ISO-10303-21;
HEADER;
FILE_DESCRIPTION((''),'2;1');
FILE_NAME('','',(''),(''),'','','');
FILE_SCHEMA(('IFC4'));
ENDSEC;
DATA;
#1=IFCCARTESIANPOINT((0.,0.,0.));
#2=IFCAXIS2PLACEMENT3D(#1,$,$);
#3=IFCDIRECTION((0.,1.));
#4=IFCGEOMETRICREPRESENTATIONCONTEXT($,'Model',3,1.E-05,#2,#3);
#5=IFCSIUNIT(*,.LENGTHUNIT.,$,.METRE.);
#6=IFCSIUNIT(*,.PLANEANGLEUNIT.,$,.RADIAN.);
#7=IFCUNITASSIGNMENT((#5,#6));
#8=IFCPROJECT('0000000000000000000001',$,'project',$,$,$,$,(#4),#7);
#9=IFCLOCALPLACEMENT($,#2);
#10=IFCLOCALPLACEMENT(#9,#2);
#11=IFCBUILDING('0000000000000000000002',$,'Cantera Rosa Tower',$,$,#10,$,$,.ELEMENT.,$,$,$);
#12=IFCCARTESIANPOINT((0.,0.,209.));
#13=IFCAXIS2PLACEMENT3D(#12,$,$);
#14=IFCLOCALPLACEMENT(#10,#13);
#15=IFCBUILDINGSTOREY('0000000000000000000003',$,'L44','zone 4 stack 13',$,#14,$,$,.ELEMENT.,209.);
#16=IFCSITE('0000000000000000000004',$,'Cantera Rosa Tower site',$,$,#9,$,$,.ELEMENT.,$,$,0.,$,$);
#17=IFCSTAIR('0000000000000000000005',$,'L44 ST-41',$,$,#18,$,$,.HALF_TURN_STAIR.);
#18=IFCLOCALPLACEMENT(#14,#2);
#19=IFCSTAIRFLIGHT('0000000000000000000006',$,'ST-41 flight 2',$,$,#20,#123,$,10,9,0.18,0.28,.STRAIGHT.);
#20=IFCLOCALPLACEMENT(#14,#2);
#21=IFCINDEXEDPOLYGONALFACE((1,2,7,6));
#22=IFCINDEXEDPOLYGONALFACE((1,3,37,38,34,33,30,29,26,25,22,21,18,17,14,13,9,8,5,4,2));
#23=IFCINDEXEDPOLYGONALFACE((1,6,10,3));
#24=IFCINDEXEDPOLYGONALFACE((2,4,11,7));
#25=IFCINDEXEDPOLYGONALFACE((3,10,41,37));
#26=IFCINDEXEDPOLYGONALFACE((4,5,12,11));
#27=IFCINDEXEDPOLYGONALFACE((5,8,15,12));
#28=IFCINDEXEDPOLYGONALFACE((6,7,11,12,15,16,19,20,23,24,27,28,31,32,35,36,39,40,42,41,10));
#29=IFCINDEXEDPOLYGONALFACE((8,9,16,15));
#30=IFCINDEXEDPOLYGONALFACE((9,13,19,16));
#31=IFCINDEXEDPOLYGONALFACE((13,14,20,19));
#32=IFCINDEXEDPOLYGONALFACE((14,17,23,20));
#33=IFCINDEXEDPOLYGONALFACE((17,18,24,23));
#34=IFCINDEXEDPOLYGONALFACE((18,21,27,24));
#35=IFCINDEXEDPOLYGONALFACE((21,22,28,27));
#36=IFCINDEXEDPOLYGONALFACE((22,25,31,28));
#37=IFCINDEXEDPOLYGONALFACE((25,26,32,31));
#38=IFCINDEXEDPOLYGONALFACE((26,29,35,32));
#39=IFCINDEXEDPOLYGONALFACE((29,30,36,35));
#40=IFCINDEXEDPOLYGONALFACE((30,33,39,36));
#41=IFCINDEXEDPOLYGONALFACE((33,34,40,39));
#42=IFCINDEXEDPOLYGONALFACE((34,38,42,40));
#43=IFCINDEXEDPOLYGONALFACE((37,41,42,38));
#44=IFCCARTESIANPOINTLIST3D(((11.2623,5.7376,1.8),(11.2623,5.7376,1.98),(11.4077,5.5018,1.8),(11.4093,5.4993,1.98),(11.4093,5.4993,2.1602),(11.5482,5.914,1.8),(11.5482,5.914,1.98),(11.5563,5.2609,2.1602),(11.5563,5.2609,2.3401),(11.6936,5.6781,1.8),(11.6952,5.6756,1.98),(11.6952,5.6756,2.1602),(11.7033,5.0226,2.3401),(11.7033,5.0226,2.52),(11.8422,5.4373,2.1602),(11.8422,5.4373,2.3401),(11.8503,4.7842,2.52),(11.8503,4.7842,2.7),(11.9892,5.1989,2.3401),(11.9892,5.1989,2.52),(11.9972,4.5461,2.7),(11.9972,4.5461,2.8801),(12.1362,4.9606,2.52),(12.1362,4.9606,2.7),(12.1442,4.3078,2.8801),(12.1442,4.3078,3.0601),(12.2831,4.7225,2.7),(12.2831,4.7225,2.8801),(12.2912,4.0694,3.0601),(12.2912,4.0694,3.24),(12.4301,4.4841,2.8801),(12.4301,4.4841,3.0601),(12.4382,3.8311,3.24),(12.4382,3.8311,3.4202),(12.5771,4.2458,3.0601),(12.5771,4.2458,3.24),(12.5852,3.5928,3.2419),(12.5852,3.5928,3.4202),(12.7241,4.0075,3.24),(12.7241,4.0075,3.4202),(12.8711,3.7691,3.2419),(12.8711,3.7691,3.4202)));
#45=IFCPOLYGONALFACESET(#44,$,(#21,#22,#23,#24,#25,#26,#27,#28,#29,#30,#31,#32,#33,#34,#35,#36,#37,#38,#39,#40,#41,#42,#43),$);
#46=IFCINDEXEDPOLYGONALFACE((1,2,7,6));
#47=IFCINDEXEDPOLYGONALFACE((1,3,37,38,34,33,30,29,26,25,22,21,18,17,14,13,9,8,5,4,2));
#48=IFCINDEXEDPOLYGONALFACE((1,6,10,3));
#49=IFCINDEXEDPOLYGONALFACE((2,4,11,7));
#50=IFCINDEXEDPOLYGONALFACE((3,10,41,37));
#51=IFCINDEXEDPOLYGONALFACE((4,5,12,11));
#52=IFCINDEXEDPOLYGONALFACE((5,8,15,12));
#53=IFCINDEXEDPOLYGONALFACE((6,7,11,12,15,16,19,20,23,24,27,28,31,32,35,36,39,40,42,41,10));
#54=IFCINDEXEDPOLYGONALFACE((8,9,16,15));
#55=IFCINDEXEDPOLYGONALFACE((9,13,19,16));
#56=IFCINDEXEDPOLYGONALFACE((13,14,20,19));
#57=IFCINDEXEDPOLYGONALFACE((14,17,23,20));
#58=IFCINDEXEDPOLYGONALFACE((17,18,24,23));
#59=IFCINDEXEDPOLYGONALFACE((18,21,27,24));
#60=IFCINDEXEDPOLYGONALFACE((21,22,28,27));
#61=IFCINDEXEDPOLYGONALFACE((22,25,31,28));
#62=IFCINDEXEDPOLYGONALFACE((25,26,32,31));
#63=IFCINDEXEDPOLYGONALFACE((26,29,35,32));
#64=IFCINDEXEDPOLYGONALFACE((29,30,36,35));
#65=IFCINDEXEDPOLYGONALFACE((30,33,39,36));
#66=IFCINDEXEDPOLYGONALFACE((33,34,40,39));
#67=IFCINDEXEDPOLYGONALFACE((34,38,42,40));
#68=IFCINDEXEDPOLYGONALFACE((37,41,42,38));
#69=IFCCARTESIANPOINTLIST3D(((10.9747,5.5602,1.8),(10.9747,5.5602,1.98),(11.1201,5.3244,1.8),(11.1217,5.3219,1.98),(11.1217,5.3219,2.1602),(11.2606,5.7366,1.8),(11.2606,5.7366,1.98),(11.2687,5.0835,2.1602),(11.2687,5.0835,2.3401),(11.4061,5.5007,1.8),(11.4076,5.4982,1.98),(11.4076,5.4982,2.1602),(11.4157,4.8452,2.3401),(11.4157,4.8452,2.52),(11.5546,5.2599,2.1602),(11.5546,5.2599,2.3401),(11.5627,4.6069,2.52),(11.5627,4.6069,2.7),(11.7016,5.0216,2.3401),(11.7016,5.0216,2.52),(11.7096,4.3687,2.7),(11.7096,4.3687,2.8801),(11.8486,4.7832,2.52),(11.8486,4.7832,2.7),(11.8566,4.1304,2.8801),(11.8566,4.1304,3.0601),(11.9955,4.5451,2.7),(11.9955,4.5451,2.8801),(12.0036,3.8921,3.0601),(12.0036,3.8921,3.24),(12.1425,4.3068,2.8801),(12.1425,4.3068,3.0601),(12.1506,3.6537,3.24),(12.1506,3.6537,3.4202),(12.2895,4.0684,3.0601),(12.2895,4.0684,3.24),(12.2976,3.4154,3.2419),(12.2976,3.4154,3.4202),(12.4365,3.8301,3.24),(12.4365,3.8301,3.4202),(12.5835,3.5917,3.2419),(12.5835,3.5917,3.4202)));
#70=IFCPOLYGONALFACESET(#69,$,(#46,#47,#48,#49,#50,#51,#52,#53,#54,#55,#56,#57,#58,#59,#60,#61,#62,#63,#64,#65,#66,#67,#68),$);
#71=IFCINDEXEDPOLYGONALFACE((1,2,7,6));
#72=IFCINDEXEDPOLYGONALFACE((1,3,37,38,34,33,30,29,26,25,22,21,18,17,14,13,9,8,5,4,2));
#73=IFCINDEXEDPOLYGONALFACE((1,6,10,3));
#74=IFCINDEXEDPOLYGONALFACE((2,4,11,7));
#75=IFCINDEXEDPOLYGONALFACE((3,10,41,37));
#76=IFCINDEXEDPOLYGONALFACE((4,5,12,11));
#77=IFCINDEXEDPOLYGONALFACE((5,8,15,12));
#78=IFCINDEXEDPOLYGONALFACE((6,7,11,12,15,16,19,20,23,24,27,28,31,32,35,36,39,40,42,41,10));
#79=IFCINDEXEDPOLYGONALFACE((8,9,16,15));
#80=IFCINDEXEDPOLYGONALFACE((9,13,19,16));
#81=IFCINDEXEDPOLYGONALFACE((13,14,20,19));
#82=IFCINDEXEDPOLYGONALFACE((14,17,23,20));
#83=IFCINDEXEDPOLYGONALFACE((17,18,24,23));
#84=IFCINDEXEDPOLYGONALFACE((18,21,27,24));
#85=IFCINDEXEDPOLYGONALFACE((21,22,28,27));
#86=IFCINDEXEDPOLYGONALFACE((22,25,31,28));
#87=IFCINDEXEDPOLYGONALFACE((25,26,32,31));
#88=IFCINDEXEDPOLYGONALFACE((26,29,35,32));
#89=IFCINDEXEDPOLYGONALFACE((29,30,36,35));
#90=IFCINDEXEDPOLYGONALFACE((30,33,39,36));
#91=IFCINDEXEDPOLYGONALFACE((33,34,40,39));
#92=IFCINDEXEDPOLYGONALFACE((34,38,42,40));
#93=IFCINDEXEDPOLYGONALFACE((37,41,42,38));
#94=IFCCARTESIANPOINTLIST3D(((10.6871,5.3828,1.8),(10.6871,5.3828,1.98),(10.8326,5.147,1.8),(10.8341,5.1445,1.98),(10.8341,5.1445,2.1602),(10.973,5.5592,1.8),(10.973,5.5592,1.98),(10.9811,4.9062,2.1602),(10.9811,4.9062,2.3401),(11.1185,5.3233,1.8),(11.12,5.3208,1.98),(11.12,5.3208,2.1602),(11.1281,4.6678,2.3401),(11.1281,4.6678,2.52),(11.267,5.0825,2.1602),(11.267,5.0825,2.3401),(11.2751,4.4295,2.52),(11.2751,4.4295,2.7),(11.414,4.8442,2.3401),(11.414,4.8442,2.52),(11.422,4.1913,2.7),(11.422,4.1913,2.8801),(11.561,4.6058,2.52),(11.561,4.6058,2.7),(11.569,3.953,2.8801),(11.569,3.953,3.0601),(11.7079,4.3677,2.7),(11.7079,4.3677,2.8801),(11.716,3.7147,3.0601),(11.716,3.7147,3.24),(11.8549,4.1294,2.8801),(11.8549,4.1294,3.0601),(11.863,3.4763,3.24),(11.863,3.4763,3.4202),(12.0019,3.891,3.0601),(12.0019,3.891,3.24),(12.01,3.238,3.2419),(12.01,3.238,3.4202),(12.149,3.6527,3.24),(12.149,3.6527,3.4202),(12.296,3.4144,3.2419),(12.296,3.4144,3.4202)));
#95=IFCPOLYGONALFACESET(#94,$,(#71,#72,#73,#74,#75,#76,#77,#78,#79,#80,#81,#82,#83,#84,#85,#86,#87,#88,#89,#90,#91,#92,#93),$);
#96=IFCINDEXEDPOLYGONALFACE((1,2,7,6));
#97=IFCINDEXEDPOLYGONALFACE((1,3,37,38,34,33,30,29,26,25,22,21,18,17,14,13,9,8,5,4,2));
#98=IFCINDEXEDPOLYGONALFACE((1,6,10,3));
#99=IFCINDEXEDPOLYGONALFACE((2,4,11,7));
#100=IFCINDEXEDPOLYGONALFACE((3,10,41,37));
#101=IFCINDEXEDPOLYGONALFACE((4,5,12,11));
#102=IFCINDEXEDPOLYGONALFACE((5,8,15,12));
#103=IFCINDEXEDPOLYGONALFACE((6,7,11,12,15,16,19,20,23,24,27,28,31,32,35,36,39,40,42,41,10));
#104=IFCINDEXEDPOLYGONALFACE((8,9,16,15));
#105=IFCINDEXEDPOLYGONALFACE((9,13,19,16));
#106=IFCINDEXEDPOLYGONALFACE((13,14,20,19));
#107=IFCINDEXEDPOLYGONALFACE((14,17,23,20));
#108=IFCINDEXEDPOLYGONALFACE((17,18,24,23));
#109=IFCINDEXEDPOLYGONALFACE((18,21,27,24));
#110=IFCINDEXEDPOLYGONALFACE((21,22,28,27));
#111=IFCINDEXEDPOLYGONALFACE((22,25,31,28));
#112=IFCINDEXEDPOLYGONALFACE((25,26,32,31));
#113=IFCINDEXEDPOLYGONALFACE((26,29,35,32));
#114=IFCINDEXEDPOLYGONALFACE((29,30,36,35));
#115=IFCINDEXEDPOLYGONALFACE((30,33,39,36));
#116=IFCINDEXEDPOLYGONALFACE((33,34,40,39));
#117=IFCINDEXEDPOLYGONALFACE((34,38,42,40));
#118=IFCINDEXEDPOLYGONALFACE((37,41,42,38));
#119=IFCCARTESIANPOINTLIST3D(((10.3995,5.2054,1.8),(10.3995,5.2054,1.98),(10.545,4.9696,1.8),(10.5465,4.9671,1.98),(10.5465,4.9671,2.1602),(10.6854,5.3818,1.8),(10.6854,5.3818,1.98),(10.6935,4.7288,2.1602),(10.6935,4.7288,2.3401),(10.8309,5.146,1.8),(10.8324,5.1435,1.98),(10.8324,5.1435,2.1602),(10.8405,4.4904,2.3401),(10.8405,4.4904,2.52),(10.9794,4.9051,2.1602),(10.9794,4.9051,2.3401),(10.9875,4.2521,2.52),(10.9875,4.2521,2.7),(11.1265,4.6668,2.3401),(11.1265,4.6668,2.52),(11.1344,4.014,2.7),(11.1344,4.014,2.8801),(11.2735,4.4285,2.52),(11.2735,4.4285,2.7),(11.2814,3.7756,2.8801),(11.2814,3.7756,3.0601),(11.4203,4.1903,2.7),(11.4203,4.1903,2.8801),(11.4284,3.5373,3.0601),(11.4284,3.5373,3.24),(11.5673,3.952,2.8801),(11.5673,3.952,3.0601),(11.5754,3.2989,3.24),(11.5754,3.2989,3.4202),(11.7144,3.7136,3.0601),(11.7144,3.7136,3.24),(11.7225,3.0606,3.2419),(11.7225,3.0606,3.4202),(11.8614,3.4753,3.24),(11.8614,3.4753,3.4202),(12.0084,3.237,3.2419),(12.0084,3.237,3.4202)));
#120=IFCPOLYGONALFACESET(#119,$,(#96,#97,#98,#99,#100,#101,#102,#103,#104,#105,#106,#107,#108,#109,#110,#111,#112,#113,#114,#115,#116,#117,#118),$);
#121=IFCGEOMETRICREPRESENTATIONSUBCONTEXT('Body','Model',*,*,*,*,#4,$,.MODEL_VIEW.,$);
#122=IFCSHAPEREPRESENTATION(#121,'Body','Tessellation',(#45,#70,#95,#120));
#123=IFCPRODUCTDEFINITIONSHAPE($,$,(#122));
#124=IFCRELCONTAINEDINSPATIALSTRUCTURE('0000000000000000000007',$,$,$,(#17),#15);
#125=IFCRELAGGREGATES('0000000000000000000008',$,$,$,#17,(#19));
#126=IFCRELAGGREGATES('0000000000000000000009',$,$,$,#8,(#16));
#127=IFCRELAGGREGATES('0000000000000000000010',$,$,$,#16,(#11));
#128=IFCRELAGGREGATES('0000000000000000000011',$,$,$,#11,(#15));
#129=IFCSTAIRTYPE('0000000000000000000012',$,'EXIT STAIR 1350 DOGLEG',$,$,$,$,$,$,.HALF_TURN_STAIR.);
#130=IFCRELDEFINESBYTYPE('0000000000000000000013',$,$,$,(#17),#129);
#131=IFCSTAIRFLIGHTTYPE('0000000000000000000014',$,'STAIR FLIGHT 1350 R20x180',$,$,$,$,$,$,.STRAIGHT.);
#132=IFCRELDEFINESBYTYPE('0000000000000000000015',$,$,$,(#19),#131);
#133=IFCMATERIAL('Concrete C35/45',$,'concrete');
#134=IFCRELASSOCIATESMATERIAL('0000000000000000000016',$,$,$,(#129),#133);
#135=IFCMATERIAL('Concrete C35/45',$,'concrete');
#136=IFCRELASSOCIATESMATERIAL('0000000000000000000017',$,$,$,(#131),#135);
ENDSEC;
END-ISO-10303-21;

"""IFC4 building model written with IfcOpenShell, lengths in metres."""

from ifc_helpers import new_model, si_unit, direction, frame, origin, place, context, subcontext, project, spatial, polyline, outline, extrude, material, type_object, element, aggregate, save


model = new_model("IFC4")

# Units and contexts
model_context = context("Model", 3, precision=1e-05, world=origin(), true_north=direction((0.0, 1.0)))
body_context = subcontext(model_context, "Body", "Model", "MODEL_VIEW")
ifc_project = project(units=[si_unit("LENGTHUNIT", "METRE"), si_unit("PLANEANGLEUNIT", "RADIAN")], contexts=[model_context])

# Site, building, storey
site_placement = place(None, origin())
site = spatial("IfcSite", under=ifc_project, at=site_placement, Name="Cantera Rosa Tower site", CompositionType="ELEMENT", RefElevation=0.0)
building_placement = place(site_placement, origin())
building = spatial("IfcBuilding", under=site, at=building_placement, Name="Cantera Rosa Tower", CompositionType="ELEMENT")
storey_placement = place(building_placement, frame((0.0, 0.0, 209.0)))
storey = spatial("IfcBuildingStorey", under=building, at=storey_placement, Name="L44", Description="zone 4 stack 13", CompositionType="ELEMENT", Elevation=209.0)

# Stair, stair flight
ifc_material_1 = material(Name="Concrete C35/45", Category="concrete")
stair_type = type_object("IfcStairType", Name="EXIT STAIR 1350 DOGLEG", PredefinedType="HALF_TURN_STAIR", material=ifc_material_1)
stair_1_placement = place(storey_placement, origin())
stair_1 = element("IfcStair", 1, at=stair_1_placement, inside=storey, type_object=stair_type, Name="L44 ST-41", PredefinedType="HALF_TURN_STAIR")
ifc_material_2 = material(Name="Concrete C35/45", Category="concrete")
stair_flight_type = type_object("IfcStairFlightType", Name="STAIR FLIGHT 1350 R20x180", PredefinedType="STRAIGHT", material=ifc_material_2)
stair_flight_1_placement = place(storey_placement, frame((10.9736, 5.5596, 1.8), z_axis=(0.0, 0.0, 1.0), x_axis=(0.524977, -0.851117, 0.0)))
stair_flight_1 = element("IfcStairFlight", 2, at=stair_flight_1_placement, type_object=stair_flight_type, Name="ST-41 flight 2", NumberOfRisers=10, NumberOfTreads=9, PredefinedType="STRAIGHT", RiserHeight=0.18, TreadLength=0.28, context=body_context, shape_type="SweptSolid", body=[
    extrude(outline(polyline([(0.0, 0.0), (0.0, 0.1799), (0.28, 0.1799), (0.28, 0.3601), (0.5601, 0.3601), (0.5601, 0.54), (0.8401, 0.54), (0.8401, 0.72), (1.1201, 0.72), (1.1201, 0.8999), (1.3999, 0.8999), (1.3999, 1.0801), (1.6799, 1.0801), (1.6799, 1.26), (1.96, 1.26), (1.96, 1.4399), (2.24, 1.4399), (2.24, 1.6201), (2.52, 1.6201), (2.52, 1.8), (2.52, 1.4419), (0.2771, 0.0), (0.0, 0.0)])), frame((0.0, 0.675, 0.0), z_axis=(0.0, -1.0, 0.0), x_axis=(1.0, 0.0, 0.0)), (0.0, 0.0, 1.0), 0.3359),
    extrude(outline(polyline([(0.0, 0.0), (0.0, 0.1799), (0.28, 0.1799), (0.28, 0.3601), (0.5601, 0.3601), (0.5601, 0.54), (0.8401, 0.54), (0.8401, 0.72), (1.1201, 0.72), (1.1201, 0.8999), (1.3999, 0.8999), (1.3999, 1.0801), (1.6799, 1.0801), (1.6799, 1.26), (1.96, 1.26), (1.96, 1.4399), (2.24, 1.4399), (2.24, 1.6201), (2.52, 1.6201), (2.52, 1.8), (2.52, 1.4419), (0.2771, 0.0), (0.0, 0.0)])), frame((0.0, 0.3372, 0.0), z_axis=(0.0, -1.0, 0.0), x_axis=(1.0, 0.0, 0.0)), (0.0, 0.0, 1.0), 0.3359),
    extrude(outline(polyline([(0.0, 0.0), (0.0, 0.1799), (0.28, 0.1799), (0.28, 0.3601), (0.5601, 0.3601), (0.5601, 0.54), (0.8401, 0.54), (0.8401, 0.72), (1.1201, 0.72), (1.1201, 0.8999), (1.3999, 0.8999), (1.3999, 1.0801), (1.6799, 1.0801), (1.6799, 1.26), (1.96, 1.26), (1.96, 1.4399), (2.24, 1.4399), (2.24, 1.6201), (2.52, 1.6201), (2.52, 1.8), (2.52, 1.4419), (0.2771, 0.0), (0.0, 0.0)])), frame((0.0, -0.0007, 0.0), z_axis=(0.0, -1.0, 0.0), x_axis=(1.0, 0.0, 0.0)), (0.0, 0.0, 1.0), 0.3359),
    extrude(outline(polyline([(0.0, 0.0), (0.0, 0.1799), (0.28, 0.1799), (0.28, 0.3601), (0.5601, 0.3601), (0.5601, 0.54), (0.8401, 0.54), (0.8401, 0.72), (1.1201, 0.72), (1.1201, 0.8999), (1.3999, 0.8999), (1.3999, 1.0801), (1.6799, 1.0801), (1.6799, 1.26), (1.96, 1.26), (1.96, 1.4399), (2.24, 1.4399), (2.24, 1.6201), (2.52, 1.6201), (2.52, 1.8), (2.52, 1.4419), (0.2771, 0.0), (0.0, 0.0)])), frame((0.0, -0.3386, 0.0), z_axis=(0.0, -1.0, 0.0), x_axis=(1.0, 0.0, 0.0)), (0.0, 0.0, 1.0), 0.3359),
])
aggregate(stair_1, [stair_flight_1])

save(model, "model.ifc")
